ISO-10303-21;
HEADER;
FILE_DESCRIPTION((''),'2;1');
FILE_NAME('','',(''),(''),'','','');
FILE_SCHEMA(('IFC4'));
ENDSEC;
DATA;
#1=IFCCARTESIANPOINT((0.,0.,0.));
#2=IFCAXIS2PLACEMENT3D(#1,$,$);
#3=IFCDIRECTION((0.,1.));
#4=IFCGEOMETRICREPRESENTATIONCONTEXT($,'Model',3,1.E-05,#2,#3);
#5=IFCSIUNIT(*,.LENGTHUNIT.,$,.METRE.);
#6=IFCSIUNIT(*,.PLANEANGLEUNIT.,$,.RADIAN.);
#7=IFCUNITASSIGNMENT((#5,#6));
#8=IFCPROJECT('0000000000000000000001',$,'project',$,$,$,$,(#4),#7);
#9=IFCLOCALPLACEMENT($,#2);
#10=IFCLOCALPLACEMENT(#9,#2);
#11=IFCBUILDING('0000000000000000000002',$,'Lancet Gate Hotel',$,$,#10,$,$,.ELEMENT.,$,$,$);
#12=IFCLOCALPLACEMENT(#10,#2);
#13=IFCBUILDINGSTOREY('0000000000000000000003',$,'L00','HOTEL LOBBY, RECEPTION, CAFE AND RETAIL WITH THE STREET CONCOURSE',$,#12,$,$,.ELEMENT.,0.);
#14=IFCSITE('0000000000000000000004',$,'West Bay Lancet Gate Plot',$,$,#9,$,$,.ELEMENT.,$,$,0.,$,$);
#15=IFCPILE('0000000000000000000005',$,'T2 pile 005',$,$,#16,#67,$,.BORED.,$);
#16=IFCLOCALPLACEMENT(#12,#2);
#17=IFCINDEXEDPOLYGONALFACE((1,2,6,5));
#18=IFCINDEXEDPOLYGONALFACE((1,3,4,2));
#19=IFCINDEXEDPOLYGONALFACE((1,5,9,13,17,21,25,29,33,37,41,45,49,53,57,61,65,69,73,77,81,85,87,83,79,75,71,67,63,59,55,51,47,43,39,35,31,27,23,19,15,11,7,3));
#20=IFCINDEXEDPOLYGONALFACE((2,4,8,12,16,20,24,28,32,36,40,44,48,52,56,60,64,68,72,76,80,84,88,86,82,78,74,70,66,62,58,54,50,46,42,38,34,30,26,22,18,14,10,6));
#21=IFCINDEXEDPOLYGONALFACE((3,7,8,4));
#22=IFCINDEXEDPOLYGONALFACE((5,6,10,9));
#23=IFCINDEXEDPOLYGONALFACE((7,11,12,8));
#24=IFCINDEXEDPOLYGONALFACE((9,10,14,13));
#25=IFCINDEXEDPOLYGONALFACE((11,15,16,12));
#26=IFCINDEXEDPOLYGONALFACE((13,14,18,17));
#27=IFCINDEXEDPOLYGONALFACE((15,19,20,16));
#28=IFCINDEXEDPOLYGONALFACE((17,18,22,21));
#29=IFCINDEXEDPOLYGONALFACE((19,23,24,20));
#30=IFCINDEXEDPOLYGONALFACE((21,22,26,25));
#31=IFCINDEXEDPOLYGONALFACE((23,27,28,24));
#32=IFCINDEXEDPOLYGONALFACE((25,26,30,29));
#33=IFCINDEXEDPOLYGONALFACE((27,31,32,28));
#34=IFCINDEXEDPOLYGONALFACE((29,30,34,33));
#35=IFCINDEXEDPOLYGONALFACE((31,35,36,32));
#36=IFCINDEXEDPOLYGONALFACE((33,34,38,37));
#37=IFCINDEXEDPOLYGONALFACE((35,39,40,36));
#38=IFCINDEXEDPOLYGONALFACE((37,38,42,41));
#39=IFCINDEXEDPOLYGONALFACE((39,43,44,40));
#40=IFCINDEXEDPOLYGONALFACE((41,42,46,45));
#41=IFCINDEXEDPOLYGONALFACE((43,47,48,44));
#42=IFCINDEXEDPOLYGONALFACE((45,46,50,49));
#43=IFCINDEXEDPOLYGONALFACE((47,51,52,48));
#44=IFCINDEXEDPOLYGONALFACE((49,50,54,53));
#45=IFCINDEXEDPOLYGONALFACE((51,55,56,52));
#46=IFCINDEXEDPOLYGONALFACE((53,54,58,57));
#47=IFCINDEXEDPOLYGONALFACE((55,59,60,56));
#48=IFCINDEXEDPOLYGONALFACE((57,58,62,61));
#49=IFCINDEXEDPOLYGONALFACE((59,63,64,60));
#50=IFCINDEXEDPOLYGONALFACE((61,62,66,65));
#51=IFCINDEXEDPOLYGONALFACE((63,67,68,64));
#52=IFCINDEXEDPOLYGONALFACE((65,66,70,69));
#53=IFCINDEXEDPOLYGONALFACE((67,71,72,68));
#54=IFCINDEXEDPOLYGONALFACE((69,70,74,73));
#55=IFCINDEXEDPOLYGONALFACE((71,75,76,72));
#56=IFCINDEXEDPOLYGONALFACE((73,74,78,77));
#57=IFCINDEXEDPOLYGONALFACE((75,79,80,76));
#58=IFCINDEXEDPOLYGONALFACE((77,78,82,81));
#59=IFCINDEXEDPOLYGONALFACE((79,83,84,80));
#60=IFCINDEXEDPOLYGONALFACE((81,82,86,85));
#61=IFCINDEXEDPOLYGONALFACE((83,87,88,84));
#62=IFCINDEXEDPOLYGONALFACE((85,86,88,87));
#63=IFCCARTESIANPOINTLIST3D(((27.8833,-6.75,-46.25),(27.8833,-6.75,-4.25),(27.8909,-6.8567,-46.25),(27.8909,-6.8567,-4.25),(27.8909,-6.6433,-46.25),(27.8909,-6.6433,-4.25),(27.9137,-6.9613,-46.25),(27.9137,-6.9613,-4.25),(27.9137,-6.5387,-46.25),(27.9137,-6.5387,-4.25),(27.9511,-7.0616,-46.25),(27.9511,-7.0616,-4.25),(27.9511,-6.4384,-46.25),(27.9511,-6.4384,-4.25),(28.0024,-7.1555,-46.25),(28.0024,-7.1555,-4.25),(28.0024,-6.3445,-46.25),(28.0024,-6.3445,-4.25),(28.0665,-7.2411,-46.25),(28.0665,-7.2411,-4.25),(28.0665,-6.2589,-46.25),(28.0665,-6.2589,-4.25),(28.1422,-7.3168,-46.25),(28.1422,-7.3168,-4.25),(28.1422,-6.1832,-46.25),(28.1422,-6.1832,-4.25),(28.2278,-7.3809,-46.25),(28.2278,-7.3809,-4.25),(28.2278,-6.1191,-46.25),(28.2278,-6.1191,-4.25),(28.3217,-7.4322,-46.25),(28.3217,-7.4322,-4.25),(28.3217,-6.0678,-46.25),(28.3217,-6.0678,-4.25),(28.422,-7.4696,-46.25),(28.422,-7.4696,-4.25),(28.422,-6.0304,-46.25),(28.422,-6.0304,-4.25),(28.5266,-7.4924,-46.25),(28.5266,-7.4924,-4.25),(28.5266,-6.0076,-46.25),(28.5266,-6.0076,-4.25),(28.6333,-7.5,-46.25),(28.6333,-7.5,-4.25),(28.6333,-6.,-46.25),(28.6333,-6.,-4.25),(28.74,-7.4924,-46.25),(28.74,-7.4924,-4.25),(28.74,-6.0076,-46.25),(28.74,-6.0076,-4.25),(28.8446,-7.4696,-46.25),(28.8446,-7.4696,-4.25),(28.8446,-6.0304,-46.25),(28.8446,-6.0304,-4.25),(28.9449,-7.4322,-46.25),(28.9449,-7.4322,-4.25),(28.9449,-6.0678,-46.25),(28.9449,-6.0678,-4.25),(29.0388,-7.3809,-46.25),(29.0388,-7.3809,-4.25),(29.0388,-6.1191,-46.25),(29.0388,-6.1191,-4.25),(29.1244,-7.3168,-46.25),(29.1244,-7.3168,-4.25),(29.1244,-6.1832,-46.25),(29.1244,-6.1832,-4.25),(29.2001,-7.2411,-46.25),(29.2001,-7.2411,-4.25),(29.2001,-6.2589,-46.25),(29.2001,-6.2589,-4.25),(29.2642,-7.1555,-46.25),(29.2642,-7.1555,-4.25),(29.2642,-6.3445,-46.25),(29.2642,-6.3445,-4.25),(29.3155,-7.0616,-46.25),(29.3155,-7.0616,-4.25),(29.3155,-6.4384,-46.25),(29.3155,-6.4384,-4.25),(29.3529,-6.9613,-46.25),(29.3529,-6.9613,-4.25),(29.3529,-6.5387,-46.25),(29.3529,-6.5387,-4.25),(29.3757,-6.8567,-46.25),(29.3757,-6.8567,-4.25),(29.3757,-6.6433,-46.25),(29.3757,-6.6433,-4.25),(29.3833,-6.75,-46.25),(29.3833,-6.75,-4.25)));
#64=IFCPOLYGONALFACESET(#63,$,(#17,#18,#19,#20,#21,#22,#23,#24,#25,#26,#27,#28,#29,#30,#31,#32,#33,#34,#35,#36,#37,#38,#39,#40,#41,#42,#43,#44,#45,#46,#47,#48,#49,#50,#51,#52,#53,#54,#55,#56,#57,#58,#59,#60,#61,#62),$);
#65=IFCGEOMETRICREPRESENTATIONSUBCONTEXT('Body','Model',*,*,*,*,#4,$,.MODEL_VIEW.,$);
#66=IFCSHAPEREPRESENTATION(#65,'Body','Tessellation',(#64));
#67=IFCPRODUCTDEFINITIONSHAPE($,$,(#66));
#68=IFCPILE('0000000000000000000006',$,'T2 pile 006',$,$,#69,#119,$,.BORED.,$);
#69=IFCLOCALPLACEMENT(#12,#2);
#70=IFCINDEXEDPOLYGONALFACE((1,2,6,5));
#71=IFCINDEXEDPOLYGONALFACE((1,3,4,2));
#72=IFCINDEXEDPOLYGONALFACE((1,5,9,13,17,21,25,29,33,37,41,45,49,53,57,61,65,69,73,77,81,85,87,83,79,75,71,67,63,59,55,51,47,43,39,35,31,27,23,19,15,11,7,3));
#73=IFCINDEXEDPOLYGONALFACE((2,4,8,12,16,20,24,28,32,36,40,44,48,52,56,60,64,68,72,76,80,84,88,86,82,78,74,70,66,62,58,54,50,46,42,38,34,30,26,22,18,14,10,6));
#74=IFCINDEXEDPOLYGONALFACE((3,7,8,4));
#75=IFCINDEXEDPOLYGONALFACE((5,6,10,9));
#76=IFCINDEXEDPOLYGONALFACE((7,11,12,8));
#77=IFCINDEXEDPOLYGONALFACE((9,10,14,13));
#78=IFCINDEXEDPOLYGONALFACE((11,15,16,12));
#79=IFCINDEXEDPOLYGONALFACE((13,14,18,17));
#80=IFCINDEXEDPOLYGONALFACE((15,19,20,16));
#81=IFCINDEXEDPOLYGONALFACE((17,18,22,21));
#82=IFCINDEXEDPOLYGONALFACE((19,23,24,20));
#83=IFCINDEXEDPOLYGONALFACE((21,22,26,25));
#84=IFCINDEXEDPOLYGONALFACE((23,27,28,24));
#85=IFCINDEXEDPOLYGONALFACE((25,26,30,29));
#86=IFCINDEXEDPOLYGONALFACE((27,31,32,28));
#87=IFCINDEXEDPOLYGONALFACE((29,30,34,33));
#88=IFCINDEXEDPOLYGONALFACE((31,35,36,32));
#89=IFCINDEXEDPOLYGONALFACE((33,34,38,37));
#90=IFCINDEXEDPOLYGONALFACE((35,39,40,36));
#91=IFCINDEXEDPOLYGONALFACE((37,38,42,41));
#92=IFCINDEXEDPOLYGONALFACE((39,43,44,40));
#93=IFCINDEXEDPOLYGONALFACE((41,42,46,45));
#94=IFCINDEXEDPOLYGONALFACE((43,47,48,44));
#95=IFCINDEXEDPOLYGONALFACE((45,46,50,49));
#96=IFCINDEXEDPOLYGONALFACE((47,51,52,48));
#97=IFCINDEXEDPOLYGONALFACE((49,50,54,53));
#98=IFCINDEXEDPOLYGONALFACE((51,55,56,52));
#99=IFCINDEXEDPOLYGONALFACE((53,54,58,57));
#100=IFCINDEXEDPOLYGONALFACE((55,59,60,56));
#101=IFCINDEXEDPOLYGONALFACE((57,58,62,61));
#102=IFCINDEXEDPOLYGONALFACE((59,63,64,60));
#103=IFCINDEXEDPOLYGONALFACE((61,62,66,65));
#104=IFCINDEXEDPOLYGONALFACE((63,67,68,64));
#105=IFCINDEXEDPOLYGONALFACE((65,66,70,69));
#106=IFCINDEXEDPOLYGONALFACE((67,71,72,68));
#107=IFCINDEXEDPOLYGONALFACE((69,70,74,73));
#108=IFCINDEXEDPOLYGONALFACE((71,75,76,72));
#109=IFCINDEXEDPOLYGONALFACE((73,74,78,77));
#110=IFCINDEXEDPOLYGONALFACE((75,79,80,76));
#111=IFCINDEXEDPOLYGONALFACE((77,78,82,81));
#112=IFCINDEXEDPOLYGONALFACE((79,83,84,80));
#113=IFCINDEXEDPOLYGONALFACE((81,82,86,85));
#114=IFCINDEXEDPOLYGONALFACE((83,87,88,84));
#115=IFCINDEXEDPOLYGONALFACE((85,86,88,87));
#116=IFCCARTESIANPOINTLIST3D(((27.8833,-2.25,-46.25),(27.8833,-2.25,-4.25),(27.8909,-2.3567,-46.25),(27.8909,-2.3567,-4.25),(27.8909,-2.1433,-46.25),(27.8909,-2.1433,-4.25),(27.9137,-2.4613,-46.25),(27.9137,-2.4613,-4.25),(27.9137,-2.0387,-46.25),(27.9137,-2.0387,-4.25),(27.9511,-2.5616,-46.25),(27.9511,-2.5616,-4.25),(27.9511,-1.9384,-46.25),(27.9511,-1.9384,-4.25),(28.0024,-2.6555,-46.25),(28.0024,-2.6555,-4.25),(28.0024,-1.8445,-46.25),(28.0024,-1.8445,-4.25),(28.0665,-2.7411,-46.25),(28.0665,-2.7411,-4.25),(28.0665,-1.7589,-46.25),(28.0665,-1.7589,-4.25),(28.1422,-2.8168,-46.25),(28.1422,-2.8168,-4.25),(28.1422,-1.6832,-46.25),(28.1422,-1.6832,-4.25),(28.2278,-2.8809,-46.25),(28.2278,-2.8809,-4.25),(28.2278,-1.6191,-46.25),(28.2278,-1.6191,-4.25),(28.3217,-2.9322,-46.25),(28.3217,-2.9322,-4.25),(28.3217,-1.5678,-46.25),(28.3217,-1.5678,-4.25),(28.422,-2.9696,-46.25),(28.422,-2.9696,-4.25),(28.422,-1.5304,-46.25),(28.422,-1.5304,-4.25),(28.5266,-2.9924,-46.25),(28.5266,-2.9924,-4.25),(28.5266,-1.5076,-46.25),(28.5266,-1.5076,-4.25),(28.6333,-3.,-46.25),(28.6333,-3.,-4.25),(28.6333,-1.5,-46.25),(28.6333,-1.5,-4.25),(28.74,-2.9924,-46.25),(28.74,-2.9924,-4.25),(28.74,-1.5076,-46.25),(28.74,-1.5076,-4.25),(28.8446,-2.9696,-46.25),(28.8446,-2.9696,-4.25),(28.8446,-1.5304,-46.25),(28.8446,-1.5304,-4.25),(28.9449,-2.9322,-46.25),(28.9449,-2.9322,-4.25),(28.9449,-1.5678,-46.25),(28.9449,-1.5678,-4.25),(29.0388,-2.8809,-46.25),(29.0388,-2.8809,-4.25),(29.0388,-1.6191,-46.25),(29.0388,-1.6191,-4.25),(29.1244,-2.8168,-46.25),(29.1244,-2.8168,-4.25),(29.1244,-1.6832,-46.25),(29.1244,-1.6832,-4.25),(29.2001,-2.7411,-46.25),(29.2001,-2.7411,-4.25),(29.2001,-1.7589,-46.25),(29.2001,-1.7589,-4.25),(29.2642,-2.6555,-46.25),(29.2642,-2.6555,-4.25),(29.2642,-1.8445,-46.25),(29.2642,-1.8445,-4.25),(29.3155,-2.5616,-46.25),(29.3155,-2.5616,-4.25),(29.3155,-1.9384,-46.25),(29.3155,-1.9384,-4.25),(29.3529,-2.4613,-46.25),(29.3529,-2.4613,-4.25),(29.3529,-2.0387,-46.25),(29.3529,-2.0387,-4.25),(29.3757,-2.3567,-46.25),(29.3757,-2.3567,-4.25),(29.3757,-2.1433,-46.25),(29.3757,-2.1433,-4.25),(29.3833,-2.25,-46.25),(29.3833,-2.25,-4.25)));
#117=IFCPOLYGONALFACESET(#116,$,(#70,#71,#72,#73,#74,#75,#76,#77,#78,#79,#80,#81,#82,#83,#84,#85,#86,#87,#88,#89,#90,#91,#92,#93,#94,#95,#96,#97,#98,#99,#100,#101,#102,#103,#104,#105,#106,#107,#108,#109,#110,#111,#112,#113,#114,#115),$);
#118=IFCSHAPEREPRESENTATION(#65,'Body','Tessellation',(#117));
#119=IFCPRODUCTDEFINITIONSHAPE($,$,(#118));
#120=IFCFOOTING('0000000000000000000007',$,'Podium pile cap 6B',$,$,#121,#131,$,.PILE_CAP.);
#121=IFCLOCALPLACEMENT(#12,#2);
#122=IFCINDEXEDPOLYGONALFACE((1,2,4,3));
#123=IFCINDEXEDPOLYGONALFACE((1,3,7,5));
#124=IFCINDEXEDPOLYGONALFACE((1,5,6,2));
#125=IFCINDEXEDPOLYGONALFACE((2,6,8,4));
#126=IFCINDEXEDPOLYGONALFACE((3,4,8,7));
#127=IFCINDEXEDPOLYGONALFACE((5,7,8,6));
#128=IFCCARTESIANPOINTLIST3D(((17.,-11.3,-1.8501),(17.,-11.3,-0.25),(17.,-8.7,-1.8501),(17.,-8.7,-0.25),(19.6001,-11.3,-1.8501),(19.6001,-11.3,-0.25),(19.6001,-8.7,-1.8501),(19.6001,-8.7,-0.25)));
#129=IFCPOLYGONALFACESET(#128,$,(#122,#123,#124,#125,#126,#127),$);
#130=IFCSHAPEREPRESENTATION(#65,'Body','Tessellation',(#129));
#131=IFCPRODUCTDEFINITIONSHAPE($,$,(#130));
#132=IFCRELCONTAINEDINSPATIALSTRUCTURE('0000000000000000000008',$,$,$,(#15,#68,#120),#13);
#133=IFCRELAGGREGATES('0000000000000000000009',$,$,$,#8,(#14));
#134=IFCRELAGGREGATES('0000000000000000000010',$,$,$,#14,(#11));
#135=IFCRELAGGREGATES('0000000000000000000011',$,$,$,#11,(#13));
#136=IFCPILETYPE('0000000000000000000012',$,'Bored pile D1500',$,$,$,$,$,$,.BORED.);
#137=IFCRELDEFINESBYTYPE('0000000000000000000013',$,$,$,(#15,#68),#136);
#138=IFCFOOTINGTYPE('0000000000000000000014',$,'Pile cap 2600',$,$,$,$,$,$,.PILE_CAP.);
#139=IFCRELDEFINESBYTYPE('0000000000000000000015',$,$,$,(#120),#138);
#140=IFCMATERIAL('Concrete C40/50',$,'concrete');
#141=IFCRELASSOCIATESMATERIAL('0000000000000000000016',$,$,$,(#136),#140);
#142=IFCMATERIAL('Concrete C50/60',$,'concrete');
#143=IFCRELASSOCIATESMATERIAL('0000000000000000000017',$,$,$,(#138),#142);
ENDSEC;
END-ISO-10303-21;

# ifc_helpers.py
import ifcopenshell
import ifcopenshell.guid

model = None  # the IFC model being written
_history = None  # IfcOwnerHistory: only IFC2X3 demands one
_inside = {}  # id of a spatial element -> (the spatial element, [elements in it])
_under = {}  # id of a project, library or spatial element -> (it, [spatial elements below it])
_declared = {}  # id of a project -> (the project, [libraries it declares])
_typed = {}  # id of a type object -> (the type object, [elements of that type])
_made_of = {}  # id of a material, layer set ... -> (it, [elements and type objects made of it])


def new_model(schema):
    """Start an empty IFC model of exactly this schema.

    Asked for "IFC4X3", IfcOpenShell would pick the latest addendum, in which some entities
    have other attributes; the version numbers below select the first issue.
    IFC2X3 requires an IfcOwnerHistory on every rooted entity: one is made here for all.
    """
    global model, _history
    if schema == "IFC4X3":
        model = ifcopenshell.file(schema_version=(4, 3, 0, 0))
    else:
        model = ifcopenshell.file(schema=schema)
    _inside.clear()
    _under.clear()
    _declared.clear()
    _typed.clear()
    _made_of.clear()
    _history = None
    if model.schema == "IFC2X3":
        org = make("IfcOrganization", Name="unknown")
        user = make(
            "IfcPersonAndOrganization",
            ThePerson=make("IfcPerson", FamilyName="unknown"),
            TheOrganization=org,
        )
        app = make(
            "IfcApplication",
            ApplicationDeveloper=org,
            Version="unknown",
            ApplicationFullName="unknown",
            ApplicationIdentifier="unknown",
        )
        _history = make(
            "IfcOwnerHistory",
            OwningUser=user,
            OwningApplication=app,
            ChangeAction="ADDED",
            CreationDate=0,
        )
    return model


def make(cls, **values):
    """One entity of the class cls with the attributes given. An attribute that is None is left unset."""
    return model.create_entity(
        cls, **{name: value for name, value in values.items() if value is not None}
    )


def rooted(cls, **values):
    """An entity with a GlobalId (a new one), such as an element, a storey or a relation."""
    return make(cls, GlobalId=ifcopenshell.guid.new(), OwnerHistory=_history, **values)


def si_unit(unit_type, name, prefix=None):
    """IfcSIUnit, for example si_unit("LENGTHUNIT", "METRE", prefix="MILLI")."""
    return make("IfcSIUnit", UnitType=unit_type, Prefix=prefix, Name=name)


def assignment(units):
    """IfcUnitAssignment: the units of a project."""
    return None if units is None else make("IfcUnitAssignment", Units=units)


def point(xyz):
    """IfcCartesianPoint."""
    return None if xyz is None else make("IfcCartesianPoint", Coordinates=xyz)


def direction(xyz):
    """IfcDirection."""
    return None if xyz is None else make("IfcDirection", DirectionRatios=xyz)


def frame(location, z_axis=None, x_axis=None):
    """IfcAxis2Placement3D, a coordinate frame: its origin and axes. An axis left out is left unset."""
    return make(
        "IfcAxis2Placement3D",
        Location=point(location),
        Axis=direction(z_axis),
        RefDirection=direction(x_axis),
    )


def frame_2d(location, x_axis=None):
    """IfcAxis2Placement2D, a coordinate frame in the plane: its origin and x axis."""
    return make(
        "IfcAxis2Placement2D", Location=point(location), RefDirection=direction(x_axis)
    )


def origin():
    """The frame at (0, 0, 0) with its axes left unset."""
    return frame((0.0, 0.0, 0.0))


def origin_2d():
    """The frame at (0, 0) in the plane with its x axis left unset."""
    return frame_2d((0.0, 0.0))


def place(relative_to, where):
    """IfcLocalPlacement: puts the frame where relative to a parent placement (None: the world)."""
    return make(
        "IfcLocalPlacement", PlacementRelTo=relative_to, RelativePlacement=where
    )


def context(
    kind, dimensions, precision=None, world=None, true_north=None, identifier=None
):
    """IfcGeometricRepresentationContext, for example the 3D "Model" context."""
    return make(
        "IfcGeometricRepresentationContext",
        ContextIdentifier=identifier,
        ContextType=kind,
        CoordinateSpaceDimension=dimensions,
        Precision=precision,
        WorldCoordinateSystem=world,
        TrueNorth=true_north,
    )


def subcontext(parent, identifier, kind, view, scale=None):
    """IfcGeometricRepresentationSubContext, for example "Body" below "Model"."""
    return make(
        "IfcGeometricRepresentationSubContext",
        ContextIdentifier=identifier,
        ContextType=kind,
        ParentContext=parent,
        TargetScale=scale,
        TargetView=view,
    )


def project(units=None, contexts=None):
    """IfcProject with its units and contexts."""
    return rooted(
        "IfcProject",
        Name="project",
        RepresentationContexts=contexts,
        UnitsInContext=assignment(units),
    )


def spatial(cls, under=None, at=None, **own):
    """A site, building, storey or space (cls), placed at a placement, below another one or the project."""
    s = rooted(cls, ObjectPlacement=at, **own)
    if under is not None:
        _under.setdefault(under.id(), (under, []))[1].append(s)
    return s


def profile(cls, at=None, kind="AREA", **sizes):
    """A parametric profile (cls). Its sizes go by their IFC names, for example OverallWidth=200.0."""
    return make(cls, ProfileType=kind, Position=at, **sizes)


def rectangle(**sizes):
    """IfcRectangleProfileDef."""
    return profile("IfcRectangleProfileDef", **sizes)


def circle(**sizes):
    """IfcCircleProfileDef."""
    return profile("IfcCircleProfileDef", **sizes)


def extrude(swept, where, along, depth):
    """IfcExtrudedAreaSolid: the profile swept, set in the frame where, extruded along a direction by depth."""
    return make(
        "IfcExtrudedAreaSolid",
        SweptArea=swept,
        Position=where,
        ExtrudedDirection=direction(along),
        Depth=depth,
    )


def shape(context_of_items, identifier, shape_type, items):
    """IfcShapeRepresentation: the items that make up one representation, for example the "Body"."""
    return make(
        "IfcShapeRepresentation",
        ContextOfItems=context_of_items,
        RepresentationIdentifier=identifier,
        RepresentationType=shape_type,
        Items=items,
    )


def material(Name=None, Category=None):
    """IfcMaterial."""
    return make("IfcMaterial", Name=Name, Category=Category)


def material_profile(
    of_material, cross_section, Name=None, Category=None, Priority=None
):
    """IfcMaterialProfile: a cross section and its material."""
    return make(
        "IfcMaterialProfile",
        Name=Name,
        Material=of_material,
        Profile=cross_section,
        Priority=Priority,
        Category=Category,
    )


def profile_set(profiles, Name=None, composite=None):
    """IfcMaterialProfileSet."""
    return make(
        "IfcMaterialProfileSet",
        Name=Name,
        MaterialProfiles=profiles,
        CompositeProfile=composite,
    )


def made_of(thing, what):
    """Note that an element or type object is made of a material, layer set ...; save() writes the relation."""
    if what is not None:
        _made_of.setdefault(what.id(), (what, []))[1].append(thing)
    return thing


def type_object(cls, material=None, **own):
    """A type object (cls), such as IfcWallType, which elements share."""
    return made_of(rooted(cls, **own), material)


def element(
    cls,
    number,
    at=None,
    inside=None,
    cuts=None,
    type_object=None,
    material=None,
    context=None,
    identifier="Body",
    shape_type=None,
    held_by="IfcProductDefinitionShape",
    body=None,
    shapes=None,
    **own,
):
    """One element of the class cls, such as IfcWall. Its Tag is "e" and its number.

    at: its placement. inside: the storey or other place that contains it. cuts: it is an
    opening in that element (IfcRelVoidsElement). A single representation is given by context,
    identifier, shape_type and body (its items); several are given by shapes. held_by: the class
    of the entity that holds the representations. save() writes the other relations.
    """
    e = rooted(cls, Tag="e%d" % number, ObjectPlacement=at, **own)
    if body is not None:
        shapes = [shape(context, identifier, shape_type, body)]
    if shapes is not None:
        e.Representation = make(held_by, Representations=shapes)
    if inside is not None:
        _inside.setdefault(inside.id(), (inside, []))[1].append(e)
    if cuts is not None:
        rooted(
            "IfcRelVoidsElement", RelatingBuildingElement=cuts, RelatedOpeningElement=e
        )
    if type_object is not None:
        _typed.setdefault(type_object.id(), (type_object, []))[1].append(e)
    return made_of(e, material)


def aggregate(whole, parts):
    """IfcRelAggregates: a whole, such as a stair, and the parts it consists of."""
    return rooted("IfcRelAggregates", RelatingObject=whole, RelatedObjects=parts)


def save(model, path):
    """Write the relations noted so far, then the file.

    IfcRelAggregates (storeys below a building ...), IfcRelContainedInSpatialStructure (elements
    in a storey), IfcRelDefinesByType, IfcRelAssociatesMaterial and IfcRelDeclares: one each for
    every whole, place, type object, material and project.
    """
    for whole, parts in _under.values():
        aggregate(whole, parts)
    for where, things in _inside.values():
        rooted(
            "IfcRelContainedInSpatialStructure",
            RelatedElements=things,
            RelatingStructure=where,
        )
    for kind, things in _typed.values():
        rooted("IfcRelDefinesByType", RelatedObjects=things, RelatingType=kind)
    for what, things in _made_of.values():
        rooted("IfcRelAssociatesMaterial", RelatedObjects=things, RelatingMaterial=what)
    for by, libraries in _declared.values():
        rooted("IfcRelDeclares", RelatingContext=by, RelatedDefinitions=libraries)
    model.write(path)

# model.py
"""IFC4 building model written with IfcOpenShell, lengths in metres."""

from ifc_helpers import new_model, si_unit, direction, frame, origin, origin_2d, place, context, subcontext, project, spatial, rectangle, circle, extrude, material, material_profile, profile_set, type_object, element, save


model = new_model("IFC4")

# Units and contexts
model_context = context("Model", 3, precision=1e-05, world=origin(), true_north=direction((0.0, 1.0)))
body_context = subcontext(model_context, "Body", "Model", "MODEL_VIEW")
ifc_project = project(units=[si_unit("LENGTHUNIT", "METRE"), si_unit("PLANEANGLEUNIT", "RADIAN")], contexts=[model_context])

# Site, building, storey
site_placement = place(None, origin())
site = spatial("IfcSite", under=ifc_project, at=site_placement, Name="West Bay Lancet Gate Plot", CompositionType="ELEMENT", RefElevation=0.0)
building_placement = place(site_placement, origin())
building = spatial("IfcBuilding", under=site, at=building_placement, Name="Lancet Gate Hotel", CompositionType="ELEMENT")
storey_placement = place(building_placement, origin())
storey = spatial("IfcBuildingStorey", under=building, at=storey_placement, Name="L00", Description="HOTEL LOBBY, RECEPTION, CAFE AND RETAIL WITH THE STREET CONCOURSE", CompositionType="ELEMENT", Elevation=0.0)

# Piles
ifc_material_1 = material(Name="Concrete C40/50", Category="concrete")
ifc_material_profile_1 = material_profile(ifc_material_1, circle(Radius=0.75, at=origin_2d()), Name="PILE D1500")
ifc_profile_set_1 = profile_set([ifc_material_profile_1], Name="Concrete C40/50")
pile_type_1 = type_object("IfcPileType", Name="Bored pile D1500", PredefinedType="BORED", material=ifc_profile_set_1)
for number, where, z_axis, x_axis, name in (
    (1, (28.6333, -6.75, -4.25), (0.0, 0.0, -1.0), (1.0, 0.0, 0.0), "T2 pile 005"),
    (2, (28.6333, -2.25, -4.25), (0.0, 0.0, -1.0), (1.0, 0.0, 0.0), "T2 pile 006"),
):
    element("IfcPile", number, at=place(storey_placement, frame(where, z_axis=z_axis, x_axis=x_axis)), inside=storey, type_object=pile_type_1, Name=name, PredefinedType="BORED", context=body_context, shape_type="SweptSolid", body=[
        extrude(circle(Radius=0.75, at=origin_2d()), origin(), (0.0, 0.0, 1.0), 42.0),
    ])

# Footing
ifc_material_2 = material(Name="Concrete C50/60", Category="concrete")
footing_type = type_object("IfcFootingType", Name="Pile cap 2600", PredefinedType="PILE_CAP", material=ifc_material_2)
footing_placement = place(storey_placement, frame((18.3, -10.0, -1.8501), z_axis=(0.0, 0.0, 1.0), x_axis=(1.0, 0.0, 0.0)))
element("IfcFooting", 3, at=footing_placement, inside=storey, type_object=footing_type, Name="Podium pile cap 6B", PredefinedType="PILE_CAP", context=body_context, shape_type="SweptSolid", body=[
    extrude(rectangle(XDim=2.6001, YDim=2.6001, at=origin_2d()), origin(), (0.0, 0.0, 1.0), 1.6001),
])

save(model, "model.ifc")
